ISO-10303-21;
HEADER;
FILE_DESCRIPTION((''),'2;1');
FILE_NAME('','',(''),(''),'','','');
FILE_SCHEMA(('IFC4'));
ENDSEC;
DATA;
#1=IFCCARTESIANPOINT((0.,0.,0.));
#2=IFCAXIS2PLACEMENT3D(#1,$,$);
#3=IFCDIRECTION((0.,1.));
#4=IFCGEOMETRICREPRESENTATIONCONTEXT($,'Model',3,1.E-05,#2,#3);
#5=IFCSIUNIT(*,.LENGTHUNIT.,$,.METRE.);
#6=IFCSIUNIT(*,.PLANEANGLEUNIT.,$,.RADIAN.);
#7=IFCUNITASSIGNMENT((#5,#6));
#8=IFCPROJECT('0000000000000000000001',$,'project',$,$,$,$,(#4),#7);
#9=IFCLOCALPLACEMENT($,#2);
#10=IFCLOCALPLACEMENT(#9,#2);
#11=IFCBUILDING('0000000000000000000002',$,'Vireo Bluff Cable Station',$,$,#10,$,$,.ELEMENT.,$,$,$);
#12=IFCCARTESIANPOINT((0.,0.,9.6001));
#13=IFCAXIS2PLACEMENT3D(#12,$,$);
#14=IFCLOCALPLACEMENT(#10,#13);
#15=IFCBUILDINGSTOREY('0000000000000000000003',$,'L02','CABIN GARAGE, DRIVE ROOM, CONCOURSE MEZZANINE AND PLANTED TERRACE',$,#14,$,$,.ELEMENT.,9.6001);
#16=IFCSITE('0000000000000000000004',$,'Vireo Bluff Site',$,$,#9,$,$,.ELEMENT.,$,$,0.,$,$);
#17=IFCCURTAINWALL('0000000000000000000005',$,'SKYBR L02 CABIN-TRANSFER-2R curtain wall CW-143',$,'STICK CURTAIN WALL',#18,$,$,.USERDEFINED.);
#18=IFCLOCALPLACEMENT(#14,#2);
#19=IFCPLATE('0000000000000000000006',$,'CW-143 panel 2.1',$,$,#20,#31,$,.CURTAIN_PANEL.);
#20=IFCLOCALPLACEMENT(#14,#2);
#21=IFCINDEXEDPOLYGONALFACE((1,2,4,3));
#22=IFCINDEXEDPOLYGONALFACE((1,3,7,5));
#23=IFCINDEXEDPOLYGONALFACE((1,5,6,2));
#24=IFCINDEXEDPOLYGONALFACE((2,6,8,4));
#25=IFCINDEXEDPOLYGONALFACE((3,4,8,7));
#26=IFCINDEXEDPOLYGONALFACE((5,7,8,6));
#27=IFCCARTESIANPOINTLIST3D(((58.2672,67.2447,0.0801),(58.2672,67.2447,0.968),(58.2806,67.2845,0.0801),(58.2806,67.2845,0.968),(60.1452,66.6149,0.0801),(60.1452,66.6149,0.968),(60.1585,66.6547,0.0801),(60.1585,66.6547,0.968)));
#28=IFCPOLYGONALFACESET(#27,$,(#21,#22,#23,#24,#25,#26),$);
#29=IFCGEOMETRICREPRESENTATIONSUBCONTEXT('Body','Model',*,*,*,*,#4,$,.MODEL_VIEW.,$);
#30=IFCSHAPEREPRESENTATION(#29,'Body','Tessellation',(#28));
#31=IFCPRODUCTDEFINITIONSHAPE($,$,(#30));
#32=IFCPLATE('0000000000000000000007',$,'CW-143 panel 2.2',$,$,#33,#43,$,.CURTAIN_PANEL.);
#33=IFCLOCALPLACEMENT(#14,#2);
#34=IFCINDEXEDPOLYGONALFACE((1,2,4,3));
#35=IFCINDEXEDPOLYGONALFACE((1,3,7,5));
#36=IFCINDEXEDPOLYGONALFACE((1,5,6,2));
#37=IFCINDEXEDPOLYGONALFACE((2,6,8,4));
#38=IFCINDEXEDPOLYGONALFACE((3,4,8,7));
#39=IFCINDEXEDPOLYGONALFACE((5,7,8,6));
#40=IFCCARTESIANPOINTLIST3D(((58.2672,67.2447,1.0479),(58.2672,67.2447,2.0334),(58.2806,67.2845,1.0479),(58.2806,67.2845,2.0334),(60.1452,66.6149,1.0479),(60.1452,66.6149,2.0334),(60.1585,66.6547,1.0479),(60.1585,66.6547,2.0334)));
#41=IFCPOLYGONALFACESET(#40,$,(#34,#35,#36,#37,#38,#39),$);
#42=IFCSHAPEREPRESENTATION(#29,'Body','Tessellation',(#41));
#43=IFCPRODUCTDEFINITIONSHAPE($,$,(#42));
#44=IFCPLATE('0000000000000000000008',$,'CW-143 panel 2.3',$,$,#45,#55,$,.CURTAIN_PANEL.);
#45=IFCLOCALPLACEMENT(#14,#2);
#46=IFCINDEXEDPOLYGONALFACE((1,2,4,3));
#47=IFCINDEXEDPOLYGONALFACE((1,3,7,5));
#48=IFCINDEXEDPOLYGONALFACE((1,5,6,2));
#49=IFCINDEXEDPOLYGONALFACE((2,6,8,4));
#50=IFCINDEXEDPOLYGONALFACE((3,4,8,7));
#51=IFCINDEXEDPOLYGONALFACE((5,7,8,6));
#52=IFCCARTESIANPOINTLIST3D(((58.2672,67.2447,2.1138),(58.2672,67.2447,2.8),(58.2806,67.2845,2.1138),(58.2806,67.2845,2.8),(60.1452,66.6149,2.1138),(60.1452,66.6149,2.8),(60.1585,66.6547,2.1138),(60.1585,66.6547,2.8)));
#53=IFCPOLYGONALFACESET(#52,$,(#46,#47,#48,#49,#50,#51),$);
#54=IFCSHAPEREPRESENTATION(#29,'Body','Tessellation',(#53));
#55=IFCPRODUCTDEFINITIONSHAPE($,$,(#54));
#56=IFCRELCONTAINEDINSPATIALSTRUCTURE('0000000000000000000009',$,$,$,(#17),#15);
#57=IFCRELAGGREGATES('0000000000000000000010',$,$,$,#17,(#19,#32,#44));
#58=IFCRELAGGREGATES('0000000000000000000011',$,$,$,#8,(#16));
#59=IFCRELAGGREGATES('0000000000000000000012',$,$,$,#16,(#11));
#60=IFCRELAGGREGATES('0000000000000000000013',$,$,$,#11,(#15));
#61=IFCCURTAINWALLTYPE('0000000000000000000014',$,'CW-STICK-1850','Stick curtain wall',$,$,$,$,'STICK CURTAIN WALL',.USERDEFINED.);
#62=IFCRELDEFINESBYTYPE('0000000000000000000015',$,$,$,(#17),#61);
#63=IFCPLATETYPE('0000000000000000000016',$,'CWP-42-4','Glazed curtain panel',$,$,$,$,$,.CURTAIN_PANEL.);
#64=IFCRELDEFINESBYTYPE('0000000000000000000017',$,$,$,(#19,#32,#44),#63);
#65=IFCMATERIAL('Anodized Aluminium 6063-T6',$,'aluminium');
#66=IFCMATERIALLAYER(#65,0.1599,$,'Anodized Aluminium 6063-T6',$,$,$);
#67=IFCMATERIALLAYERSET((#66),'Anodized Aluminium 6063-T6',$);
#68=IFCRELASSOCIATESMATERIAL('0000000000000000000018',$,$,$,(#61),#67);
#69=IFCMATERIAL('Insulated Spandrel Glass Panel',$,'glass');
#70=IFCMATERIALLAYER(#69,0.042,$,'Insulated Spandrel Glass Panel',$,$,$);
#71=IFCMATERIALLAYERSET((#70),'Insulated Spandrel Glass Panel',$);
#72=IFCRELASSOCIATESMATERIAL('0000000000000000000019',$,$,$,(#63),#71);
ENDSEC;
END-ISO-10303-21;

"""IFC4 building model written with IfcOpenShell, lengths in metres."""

from ifc_helpers import new_model, si_unit, direction, frame, origin, origin_2d, place, context, subcontext, project, spatial, rectangle, extrude, material, layer, layer_set, type_object, element, aggregate, save


model = new_model("IFC4")

# Units and contexts
model_context = context("Model", 3, precision=1e-05, world=origin(), true_north=direction((0.0, 1.0)))
body_context = subcontext(model_context, "Body", "Model", "MODEL_VIEW")
ifc_project = project(units=[si_unit("LENGTHUNIT", "METRE"), si_unit("PLANEANGLEUNIT", "RADIAN")], contexts=[model_context])

# Site, building, storey
site_placement = place(None, origin())
site = spatial("IfcSite", under=ifc_project, at=site_placement, Name="Vireo Bluff Site", CompositionType="ELEMENT", RefElevation=0.0)
building_placement = place(site_placement, origin())
building = spatial("IfcBuilding", under=site, at=building_placement, Name="Vireo Bluff Cable Station", CompositionType="ELEMENT")
storey_placement = place(building_placement, frame((0.0, 0.0, 9.6001)))
storey = spatial("IfcBuildingStorey", under=building, at=storey_placement, Name="L02", Description="CABIN GARAGE, DRIVE ROOM, CONCOURSE MEZZANINE AND PLANTED TERRACE", CompositionType="ELEMENT", Elevation=9.6001)

# Shared definitions
ifc_material_1 = material(Name="Anodized Aluminium 6063-T6", Category="aluminium")
ifc_layer_1 = layer(ifc_material_1, 0.1599, Name="Anodized Aluminium 6063-T6")
ifc_layer_set_1 = layer_set([ifc_layer_1], Name="Anodized Aluminium 6063-T6")
curtain_wall_type = type_object("IfcCurtainWallType", Name="CW-STICK-1850", Description="Stick curtain wall", ElementType="STICK CURTAIN WALL", PredefinedType="USERDEFINED", material=ifc_layer_set_1)

# Curtain wall
curtain_wall_1_placement = place(storey_placement, origin())
curtain_wall_1 = element("IfcCurtainWall", 1, at=curtain_wall_1_placement, inside=storey, type_object=curtain_wall_type, Name="SKYBR L02 CABIN-TRANSFER-2R curtain wall CW-143", ObjectType="STICK CURTAIN WALL", PredefinedType="USERDEFINED")

# Plates
ifc_material_2 = material(Name="Insulated Spandrel Glass Panel", Category="glass")
ifc_layer_2 = layer(ifc_material_2, 0.042, Name="Insulated Spandrel Glass Panel")
ifc_layer_set_2 = layer_set([ifc_layer_2], Name="Insulated Spandrel Glass Panel")
plate_type_1 = type_object("IfcPlateType", Name="CWP-42-4", Description="Glazed curtain panel", PredefinedType="CURTAIN_PANEL", material=ifc_layer_set_2)
plate_1_placement = place(storey_placement, frame((59.2129, 66.9497, 0.0801), z_axis=(0.0, 0.0, 1.0), x_axis=(0.948111, -0.317941, 0.0)))
plate_1 = element("IfcPlate", 2, at=plate_1_placement, type_object=plate_type_1, Name="CW-143 panel 2.1", PredefinedType="CURTAIN_PANEL", context=body_context, shape_type="SweptSolid", body=[
    extrude(rectangle(XDim=1.9807, YDim=0.042, at=origin_2d()), origin(), (0.0, 0.0, 1.0), 0.8879),
])
plate_2_placement = place(storey_placement, frame((59.2129, 66.9497, 1.0479), z_axis=(0.0, 0.0, 1.0), x_axis=(0.948111, -0.317941, 0.0)))
plate_2 = element("IfcPlate", 3, at=plate_2_placement, type_object=plate_type_1, Name="CW-143 panel 2.2", PredefinedType="CURTAIN_PANEL", context=body_context, shape_type="SweptSolid", body=[
    extrude(rectangle(XDim=1.9807, YDim=0.042, at=origin_2d()), origin(), (0.0, 0.0, 1.0), 0.9856),
])
plate_3_placement = place(storey_placement, frame((59.2129, 66.9497, 2.1138), z_axis=(0.0, 0.0, 1.0), x_axis=(0.948111, -0.317941, 0.0)))
plate_3 = element("IfcPlate", 4, at=plate_3_placement, type_object=plate_type_1, Name="CW-143 panel 2.3", PredefinedType="CURTAIN_PANEL", context=body_context, shape_type="SweptSolid", body=[
    extrude(rectangle(XDim=1.9807, YDim=0.042, at=origin_2d()), origin(), (0.0, 0.0, 1.0), 0.6863),
])
aggregate(curtain_wall_1, [plate_1, plate_2, plate_3])

save(model, "model.ifc")
